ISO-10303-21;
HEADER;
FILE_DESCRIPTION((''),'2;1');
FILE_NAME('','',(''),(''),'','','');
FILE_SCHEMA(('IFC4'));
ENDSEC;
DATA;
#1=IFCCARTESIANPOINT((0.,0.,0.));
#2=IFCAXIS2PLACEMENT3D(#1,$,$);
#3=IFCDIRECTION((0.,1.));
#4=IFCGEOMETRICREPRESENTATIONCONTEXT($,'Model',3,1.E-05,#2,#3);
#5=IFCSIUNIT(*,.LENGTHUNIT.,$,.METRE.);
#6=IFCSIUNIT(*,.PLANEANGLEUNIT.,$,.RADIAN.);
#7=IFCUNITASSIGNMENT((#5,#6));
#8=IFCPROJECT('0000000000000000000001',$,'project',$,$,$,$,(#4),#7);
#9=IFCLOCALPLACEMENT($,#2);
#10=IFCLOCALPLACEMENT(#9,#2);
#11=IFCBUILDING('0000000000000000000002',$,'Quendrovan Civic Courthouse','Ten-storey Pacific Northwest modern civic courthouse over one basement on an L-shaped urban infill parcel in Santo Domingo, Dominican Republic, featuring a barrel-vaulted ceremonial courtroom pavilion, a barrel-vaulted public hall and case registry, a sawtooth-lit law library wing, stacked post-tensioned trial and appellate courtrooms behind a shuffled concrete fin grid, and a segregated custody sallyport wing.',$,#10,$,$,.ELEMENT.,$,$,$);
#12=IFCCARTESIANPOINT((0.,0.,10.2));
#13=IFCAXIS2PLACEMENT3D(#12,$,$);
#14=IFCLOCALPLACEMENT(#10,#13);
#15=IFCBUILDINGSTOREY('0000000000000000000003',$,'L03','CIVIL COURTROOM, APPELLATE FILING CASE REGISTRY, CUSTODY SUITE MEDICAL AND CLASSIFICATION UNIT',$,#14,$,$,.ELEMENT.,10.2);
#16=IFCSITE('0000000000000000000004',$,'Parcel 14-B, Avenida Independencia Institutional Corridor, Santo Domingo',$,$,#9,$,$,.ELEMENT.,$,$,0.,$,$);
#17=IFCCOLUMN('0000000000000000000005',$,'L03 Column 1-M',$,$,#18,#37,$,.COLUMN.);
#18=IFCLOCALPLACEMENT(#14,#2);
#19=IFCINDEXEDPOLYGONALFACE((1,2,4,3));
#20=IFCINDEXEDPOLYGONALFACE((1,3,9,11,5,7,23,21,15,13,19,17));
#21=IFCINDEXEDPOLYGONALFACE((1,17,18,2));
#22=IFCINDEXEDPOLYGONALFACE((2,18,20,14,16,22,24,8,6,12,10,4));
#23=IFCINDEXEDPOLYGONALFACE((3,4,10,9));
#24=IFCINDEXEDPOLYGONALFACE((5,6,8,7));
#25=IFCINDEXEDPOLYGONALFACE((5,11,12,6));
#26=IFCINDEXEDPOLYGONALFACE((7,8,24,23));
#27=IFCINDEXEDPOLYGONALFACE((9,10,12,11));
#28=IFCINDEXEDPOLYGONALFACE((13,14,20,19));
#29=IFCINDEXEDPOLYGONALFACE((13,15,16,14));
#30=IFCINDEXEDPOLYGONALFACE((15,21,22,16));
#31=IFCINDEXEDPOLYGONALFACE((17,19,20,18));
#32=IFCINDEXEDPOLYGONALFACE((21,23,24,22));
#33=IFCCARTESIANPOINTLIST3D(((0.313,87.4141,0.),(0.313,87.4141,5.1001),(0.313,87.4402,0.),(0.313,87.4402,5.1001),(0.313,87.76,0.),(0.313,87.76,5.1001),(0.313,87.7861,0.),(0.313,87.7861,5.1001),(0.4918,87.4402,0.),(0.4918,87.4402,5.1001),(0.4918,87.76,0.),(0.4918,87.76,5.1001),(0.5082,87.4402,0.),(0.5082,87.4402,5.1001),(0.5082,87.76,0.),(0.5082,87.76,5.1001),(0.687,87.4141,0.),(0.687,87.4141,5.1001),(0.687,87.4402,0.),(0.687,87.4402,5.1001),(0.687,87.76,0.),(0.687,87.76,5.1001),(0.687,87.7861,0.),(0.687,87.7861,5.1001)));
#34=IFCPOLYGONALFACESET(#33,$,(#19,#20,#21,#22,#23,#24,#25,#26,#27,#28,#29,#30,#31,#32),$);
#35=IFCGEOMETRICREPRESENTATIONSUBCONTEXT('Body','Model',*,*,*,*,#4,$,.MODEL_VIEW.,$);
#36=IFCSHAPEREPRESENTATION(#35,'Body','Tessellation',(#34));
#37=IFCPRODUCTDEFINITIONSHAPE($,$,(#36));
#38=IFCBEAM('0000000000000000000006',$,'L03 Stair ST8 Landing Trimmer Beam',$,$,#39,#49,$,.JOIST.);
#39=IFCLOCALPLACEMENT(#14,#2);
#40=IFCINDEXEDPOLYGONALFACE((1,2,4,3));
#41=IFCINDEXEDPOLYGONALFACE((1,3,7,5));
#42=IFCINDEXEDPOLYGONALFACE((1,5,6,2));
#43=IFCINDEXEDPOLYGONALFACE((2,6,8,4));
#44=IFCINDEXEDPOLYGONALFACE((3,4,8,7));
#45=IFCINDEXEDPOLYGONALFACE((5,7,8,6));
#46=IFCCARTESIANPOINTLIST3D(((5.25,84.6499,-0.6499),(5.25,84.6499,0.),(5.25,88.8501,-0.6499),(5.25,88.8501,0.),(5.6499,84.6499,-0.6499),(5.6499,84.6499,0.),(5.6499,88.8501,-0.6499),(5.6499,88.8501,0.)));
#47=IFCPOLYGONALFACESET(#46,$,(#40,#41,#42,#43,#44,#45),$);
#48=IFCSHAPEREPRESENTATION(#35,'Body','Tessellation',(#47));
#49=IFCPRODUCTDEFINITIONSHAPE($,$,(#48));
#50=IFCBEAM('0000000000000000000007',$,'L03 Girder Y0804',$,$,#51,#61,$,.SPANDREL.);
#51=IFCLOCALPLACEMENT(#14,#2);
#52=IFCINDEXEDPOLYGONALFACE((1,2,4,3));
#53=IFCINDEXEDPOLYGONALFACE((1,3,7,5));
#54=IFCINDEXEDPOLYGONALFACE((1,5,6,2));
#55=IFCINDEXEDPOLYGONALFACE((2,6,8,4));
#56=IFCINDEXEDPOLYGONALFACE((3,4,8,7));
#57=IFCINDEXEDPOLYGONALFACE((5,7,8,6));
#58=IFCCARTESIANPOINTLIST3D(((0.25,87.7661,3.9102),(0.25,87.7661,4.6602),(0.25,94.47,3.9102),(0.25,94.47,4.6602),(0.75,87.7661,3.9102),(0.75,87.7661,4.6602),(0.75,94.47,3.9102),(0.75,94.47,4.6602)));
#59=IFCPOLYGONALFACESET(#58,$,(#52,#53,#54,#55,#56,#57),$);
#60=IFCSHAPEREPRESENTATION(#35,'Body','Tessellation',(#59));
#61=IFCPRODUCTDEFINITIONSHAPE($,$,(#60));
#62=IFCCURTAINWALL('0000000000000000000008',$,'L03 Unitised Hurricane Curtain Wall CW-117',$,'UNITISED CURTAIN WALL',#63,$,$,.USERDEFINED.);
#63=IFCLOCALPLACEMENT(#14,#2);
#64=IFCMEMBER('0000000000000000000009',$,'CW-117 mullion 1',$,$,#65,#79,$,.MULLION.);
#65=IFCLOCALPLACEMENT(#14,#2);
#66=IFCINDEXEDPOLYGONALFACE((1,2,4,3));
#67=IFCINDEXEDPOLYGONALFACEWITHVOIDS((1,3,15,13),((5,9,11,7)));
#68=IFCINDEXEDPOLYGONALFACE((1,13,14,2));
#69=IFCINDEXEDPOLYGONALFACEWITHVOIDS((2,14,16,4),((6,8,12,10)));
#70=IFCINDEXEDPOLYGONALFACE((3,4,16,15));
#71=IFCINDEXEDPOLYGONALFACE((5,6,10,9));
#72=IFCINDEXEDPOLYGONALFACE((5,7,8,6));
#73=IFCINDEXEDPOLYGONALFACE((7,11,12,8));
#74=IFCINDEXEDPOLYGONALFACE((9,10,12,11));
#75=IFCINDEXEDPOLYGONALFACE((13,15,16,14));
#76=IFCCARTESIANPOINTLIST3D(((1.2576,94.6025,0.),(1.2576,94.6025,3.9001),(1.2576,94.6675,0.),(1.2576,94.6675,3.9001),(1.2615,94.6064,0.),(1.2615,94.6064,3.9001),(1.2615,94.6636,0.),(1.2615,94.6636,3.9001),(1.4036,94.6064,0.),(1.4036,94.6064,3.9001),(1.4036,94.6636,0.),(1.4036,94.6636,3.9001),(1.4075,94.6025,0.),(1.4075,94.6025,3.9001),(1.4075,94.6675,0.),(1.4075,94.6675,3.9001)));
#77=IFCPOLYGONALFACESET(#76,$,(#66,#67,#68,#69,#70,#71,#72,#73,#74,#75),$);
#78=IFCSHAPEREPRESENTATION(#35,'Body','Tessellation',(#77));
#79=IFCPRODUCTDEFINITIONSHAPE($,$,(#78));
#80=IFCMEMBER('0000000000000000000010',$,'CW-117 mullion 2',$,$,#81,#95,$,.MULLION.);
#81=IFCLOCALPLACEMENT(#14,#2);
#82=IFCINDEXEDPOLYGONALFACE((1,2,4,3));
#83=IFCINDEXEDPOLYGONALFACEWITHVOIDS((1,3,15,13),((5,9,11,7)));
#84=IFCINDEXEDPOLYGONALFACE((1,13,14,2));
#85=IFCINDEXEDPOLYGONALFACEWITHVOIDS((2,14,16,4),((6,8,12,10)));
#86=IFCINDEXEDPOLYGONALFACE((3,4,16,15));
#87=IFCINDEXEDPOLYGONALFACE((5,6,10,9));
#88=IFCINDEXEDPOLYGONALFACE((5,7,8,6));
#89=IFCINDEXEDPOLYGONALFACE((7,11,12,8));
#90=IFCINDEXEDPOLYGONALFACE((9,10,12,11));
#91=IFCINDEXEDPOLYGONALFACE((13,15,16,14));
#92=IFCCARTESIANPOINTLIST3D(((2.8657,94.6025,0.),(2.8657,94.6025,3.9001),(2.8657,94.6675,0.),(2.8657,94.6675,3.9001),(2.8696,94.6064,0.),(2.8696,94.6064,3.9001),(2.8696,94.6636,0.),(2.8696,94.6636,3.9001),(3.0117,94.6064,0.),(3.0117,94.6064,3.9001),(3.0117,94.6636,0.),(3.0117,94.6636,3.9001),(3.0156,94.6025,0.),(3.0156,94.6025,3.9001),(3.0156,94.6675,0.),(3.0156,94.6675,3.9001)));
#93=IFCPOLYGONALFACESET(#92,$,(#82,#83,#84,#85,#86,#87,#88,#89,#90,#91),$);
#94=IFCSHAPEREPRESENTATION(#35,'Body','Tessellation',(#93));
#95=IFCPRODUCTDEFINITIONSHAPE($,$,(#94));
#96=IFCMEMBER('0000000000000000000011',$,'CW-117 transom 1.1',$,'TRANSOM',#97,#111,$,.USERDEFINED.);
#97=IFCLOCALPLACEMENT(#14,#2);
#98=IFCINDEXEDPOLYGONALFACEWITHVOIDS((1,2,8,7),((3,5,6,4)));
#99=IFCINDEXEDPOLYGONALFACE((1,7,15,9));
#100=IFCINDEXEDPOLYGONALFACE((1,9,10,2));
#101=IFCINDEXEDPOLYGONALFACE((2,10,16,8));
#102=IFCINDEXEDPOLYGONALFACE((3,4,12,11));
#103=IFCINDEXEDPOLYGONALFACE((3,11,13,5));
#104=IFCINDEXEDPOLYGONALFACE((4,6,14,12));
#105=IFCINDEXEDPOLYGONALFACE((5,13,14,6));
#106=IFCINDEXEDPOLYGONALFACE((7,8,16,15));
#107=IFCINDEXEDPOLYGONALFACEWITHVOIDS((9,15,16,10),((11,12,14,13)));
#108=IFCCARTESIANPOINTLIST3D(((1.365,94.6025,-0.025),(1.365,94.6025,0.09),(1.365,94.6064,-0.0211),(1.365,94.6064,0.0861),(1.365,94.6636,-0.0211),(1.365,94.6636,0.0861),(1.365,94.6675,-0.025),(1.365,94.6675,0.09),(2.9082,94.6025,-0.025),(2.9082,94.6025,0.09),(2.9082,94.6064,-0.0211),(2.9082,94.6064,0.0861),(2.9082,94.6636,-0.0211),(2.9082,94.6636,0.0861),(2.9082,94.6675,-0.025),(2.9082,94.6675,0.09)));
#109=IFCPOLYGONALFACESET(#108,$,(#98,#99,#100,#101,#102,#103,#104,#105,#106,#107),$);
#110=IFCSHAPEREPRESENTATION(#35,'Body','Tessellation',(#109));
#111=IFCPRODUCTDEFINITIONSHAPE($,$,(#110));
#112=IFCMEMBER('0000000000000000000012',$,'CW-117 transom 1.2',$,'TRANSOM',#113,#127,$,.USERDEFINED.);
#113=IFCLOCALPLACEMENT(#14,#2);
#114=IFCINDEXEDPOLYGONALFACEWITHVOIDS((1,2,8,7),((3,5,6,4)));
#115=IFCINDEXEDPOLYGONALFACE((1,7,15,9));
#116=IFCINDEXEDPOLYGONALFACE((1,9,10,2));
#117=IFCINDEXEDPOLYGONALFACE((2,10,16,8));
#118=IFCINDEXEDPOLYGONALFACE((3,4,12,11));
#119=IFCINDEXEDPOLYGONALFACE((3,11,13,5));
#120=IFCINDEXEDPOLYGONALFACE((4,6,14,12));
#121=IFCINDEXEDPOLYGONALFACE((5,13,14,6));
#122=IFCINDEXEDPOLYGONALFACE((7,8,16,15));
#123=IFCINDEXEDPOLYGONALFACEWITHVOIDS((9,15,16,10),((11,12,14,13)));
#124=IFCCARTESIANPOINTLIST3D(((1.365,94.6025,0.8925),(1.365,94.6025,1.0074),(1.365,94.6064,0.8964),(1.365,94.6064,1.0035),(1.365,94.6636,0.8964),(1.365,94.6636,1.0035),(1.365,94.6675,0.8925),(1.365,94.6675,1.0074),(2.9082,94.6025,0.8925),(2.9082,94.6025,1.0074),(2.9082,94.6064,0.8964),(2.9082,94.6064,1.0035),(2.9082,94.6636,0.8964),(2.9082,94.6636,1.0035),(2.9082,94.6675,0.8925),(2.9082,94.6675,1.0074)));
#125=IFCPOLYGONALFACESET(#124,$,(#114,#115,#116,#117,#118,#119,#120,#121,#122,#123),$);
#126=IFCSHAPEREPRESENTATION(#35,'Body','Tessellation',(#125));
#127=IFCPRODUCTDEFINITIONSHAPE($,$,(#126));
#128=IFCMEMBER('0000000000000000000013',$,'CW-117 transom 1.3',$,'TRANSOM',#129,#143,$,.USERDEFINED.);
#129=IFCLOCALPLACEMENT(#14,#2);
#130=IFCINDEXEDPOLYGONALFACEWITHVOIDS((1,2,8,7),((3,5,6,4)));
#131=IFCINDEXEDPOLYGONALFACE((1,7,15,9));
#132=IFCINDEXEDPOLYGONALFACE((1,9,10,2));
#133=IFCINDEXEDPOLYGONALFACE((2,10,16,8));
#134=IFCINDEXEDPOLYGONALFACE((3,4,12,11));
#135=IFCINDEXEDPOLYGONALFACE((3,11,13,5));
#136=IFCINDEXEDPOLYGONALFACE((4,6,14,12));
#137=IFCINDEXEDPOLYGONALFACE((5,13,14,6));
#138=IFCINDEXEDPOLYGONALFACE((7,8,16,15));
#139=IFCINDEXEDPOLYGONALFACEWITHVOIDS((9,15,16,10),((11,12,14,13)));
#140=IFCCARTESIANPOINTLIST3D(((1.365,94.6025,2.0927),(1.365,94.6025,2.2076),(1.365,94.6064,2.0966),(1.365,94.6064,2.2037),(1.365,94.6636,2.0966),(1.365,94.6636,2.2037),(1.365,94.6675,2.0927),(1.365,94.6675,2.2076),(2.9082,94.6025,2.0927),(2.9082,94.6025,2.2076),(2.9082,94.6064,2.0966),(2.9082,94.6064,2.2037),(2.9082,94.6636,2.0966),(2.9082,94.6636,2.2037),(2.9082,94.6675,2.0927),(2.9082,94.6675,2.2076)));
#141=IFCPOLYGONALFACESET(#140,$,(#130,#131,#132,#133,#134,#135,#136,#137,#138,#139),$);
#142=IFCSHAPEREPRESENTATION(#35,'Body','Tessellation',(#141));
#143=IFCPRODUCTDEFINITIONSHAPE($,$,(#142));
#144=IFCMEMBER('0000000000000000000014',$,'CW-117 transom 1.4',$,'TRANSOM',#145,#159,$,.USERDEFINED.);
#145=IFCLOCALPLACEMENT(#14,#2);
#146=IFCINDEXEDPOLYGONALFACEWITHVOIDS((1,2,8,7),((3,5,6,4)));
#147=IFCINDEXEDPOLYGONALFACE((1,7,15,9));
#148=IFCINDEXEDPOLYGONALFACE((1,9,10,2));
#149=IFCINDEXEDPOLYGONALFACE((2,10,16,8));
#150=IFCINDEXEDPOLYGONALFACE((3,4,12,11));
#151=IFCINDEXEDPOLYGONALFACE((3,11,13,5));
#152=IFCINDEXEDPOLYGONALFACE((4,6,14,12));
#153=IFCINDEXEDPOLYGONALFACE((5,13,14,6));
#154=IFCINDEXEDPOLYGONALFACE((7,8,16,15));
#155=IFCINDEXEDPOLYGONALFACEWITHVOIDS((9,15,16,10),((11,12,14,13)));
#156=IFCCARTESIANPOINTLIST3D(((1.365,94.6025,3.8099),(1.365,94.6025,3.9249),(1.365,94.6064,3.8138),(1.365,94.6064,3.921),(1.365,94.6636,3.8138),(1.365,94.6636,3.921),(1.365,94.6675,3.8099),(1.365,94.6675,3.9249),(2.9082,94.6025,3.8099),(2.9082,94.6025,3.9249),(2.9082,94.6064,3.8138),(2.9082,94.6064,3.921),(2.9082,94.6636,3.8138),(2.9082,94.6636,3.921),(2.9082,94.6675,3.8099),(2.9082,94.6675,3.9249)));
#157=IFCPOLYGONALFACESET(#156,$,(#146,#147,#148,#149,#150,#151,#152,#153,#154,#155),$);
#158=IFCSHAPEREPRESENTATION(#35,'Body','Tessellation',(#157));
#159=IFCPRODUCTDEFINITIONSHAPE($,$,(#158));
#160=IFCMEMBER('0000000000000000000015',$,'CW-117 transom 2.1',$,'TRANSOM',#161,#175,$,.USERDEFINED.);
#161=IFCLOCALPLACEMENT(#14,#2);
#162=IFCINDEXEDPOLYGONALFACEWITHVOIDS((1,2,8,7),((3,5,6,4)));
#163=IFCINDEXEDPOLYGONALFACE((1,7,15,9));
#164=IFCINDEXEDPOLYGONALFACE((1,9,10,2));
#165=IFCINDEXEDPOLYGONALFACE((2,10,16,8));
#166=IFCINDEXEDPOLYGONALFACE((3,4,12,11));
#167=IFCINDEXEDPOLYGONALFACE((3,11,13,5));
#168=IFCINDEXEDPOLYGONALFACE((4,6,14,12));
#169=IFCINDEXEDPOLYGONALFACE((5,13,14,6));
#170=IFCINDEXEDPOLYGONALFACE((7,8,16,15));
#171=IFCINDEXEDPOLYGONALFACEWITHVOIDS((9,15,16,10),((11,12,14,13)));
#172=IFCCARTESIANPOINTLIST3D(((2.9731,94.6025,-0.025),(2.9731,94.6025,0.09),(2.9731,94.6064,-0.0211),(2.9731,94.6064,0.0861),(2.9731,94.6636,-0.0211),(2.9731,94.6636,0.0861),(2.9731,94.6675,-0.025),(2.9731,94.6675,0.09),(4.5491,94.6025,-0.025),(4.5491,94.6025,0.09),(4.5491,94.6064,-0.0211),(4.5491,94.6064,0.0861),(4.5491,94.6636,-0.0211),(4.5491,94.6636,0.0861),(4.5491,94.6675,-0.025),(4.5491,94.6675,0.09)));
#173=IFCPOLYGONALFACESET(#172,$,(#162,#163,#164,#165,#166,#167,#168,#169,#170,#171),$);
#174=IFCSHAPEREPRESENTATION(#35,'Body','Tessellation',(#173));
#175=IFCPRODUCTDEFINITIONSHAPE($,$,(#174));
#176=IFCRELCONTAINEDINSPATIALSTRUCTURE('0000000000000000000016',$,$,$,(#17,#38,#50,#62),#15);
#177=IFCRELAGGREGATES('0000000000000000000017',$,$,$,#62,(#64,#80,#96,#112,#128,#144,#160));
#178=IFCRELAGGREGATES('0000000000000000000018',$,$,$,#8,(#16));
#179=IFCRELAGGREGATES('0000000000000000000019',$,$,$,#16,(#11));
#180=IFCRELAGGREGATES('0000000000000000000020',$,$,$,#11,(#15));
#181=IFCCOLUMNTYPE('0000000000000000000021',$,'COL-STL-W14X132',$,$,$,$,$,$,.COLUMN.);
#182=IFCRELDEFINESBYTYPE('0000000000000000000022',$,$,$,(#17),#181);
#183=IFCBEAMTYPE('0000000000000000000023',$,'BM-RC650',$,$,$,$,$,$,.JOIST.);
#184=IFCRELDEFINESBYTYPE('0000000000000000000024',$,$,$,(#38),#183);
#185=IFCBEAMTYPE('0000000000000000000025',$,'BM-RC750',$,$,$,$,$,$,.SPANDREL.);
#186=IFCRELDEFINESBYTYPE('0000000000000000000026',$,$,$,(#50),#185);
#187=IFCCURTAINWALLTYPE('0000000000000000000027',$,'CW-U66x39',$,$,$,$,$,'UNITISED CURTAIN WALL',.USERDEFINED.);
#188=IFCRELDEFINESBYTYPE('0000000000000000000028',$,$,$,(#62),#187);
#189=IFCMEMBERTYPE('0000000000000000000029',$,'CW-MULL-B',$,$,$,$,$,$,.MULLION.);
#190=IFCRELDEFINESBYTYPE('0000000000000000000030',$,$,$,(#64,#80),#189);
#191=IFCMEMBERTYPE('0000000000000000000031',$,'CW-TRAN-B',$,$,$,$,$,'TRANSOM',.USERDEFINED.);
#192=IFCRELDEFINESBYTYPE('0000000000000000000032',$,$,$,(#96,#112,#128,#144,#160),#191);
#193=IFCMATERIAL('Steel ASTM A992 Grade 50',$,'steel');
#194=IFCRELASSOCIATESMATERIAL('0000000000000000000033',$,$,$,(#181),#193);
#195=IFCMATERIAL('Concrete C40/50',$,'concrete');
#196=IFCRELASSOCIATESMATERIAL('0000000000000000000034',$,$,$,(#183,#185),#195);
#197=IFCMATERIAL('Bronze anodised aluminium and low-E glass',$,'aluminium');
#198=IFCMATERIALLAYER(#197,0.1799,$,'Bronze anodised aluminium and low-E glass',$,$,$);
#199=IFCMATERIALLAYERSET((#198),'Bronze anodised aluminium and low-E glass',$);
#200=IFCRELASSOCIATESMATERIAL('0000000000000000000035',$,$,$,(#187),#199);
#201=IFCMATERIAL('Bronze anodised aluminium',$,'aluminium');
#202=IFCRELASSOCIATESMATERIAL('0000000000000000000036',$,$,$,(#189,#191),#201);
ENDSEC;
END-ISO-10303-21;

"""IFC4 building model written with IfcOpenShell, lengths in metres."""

from ifc_helpers import new_model, si_unit, direction, frame, origin, origin_2d, place, context, subcontext, project, spatial, rectangle, hollow_rectangle, i_section, extrude, material, layer, layer_set, material_profile, profile_set, type_object, element, aggregate, save


model = new_model("IFC4")

# Units and contexts
model_context = context("Model", 3, precision=1e-05, world=origin(), true_north=direction((0.0, 1.0)))
body_context = subcontext(model_context, "Body", "Model", "MODEL_VIEW")
ifc_project = project(units=[si_unit("LENGTHUNIT", "METRE"), si_unit("PLANEANGLEUNIT", "RADIAN")], contexts=[model_context])

# Site, building, storey
site_placement = place(None, origin())
site = spatial("IfcSite", under=ifc_project, at=site_placement, Name="Parcel 14-B, Avenida Independencia Institutional Corridor, Santo Domingo", CompositionType="ELEMENT", RefElevation=0.0)
building_placement = place(site_placement, origin())
building = spatial("IfcBuilding", under=site, at=building_placement, Name="Quendrovan Civic Courthouse", Description="Ten-storey Pacific Northwest modern civic courthouse over one basement on an L-shaped urban infill parcel in Santo Domingo, Dominican Republic, featuring a barrel-vaulted ceremonial courtroom pavilion, a barrel-vaulted public hall and case registry, a sawtooth-lit law library wing, stacked post-tensioned trial and appellate courtrooms behind a shuffled concrete fin grid, and a segregated custody sallyport wing.", CompositionType="ELEMENT")
storey_placement = place(building_placement, frame((0.0, 0.0, 10.2)))
storey = spatial("IfcBuildingStorey", under=building, at=storey_placement, Name="L03", Description="CIVIL COURTROOM, APPELLATE FILING CASE REGISTRY, CUSTODY SUITE MEDICAL AND CLASSIFICATION UNIT", CompositionType="ELEMENT", Elevation=10.2)

# Column
ifc_material_1 = material(Name="Steel ASTM A992 Grade 50", Category="steel")
ifc_material_profile_1 = material_profile(ifc_material_1, i_section(OverallWidth=0.374, OverallDepth=0.3721, WebThickness=0.0164, FlangeThickness=0.0261, at=origin_2d()), Name="W14X132")
ifc_profile_set_1 = profile_set([ifc_material_profile_1], Name="Steel ASTM A992 Grade 50")
column_type = type_object("IfcColumnType", Name="COL-STL-W14X132", PredefinedType="COLUMN", material=ifc_profile_set_1)
column_placement = place(storey_placement, frame((0.5, 87.6001, 0.0), z_axis=(0.0, 0.0, 1.0), x_axis=(1.0, 0.0, 0.0)))
element("IfcColumn", 1, at=column_placement, inside=storey, type_object=column_type, Name="L03 Column 1-M", PredefinedType="COLUMN", context=body_context, shape_type="SweptSolid", body=[
    extrude(i_section(OverallWidth=0.374, OverallDepth=0.3721, WebThickness=0.0164, FlangeThickness=0.0261, at=origin_2d()), origin(), (0.0, 0.0, 1.0), 5.1001),
])

# Beams
ifc_material_2 = material(Name="Concrete C40/50", Category="concrete")
ifc_material_profile_2 = material_profile(ifc_material_2, rectangle(XDim=0.3999, YDim=0.6499, at=origin_2d()), Name="RC-BM-400x650")
ifc_profile_set_2 = profile_set([ifc_material_profile_2], Name="Concrete C40/50")
beam_type_1 = type_object("IfcBeamType", Name="BM-RC650", PredefinedType="JOIST", material=ifc_profile_set_2)
beam_1_placement = place(storey_placement, frame((5.45, 84.6499, -0.325), z_axis=(0.0, 1.0, 0.0), x_axis=(-1.0, 0.0, 0.0)))
element("IfcBeam", 2, at=beam_1_placement, inside=storey, type_object=beam_type_1, Name="L03 Stair ST8 Landing Trimmer Beam", PredefinedType="JOIST", context=body_context, shape_type="SweptSolid", body=[
    extrude(rectangle(XDim=0.3999, YDim=0.6499, at=origin_2d()), origin(), (0.0, 0.0, 1.0), 4.2002),
])
ifc_material_profile_3 = material_profile(ifc_material_2, rectangle(XDim=0.5, YDim=0.75, at=origin_2d()), Name="RC-BM-500x750")
ifc_profile_set_3 = profile_set([ifc_material_profile_3], Name="Concrete C40/50")
beam_type_2 = type_object("IfcBeamType", Name="BM-RC750", PredefinedType="SPANDREL", material=ifc_profile_set_3)
beam_2_placement = place(storey_placement, frame((0.5, 87.7661, 4.2852), z_axis=(0.0, 1.0, 0.0), x_axis=(-1.0, 0.0, 0.0)))
element("IfcBeam", 3, at=beam_2_placement, inside=storey, type_object=beam_type_2, Name="L03 Girder Y0804", PredefinedType="SPANDREL", context=body_context, shape_type="SweptSolid", body=[
    extrude(rectangle(XDim=0.5, YDim=0.75, at=origin_2d()), origin(), (0.0, 0.0, 1.0), 6.7039),
])

# Curtain wall, members
ifc_material_3 = material(Name="Bronze anodised aluminium and low-E glass", Category="aluminium")
ifc_layer_1 = layer(ifc_material_3, 0.1799, Name="Bronze anodised aluminium and low-E glass")
ifc_layer_set_1 = layer_set([ifc_layer_1], Name="Bronze anodised aluminium and low-E glass")
curtain_wall_type = type_object("IfcCurtainWallType", Name="CW-U66x39", ElementType="UNITISED CURTAIN WALL", PredefinedType="USERDEFINED", material=ifc_layer_set_1)
curtain_wall_placement = place(storey_placement, origin())
curtain_wall = element("IfcCurtainWall", 4, at=curtain_wall_placement, inside=storey, type_object=curtain_wall_type, Name="L03 Unitised Hurricane Curtain Wall CW-117", ObjectType="UNITISED CURTAIN WALL", PredefinedType="USERDEFINED")
ifc_material_4 = material(Name="Bronze anodised aluminium", Category="aluminium")
ifc_material_profile_4 = material_profile(ifc_material_4, hollow_rectangle(XDim=0.0649, YDim=0.1499, WallThickness=0.0039, at=origin_2d()), Name="CW-MULL-65x150")
ifc_profile_set_4 = profile_set([ifc_material_profile_4], Name="Bronze anodised aluminium")
member_type_1 = type_object("IfcMemberType", Name="CW-MULL-B", PredefinedType="MULLION", material=ifc_profile_set_4)
member_1_placement = place(storey_placement, frame((1.3325, 94.635, 0.0), z_axis=(0.0, 0.0, 1.0), x_axis=(0.0, 1.0, 0.0)))
member_1 = element("IfcMember", 5, at=member_1_placement, type_object=member_type_1, Name="CW-117 mullion 1", PredefinedType="MULLION", context=body_context, shape_type="SweptSolid", body=[
    extrude(hollow_rectangle(XDim=0.0649, YDim=0.1499, WallThickness=0.0039, at=origin_2d()), origin(), (0.0, 0.0, 1.0), 3.9001),
])
member_2_placement = place(storey_placement, frame((2.9407, 94.635, 0.0), z_axis=(0.0, 0.0, 1.0), x_axis=(0.0, 1.0, 0.0)))
member_2 = element("IfcMember", 6, at=member_2_placement, type_object=member_type_1, Name="CW-117 mullion 2", PredefinedType="MULLION", context=body_context, shape_type="SweptSolid", body=[
    extrude(hollow_rectangle(XDim=0.0649, YDim=0.1499, WallThickness=0.0039, at=origin_2d()), origin(), (0.0, 0.0, 1.0), 3.9001),
])
ifc_material_profile_5 = material_profile(ifc_material_4, hollow_rectangle(XDim=0.0649, YDim=0.115, WallThickness=0.0039, at=origin_2d()), Name="CW-TRAN-65x115")
ifc_profile_set_5 = profile_set([ifc_material_profile_5], Name="Bronze anodised aluminium")
member_type_2 = type_object("IfcMemberType", Name="CW-TRAN-B", ElementType="TRANSOM", PredefinedType="USERDEFINED", material=ifc_profile_set_5)
member_3_placement = place(storey_placement, frame((1.365, 94.635, 0.0325), z_axis=(1.0, 0.0, 0.0), x_axis=(0.0, 1.0, 0.0)))
member_3 = element("IfcMember", 7, at=member_3_placement, type_object=member_type_2, Name="CW-117 transom 1.1", ObjectType="TRANSOM", PredefinedType="USERDEFINED", context=body_context, shape_type="SweptSolid", body=[
    extrude(hollow_rectangle(XDim=0.0649, YDim=0.115, WallThickness=0.0039, at=origin_2d()), origin(), (0.0, 0.0, 1.0), 1.5432),
])
member_4_placement = place(storey_placement, frame((1.365, 94.635, 0.95), z_axis=(1.0, 0.0, 0.0), x_axis=(0.0, 1.0, 0.0)))
member_4 = element("IfcMember", 8, at=member_4_placement, type_object=member_type_2, Name="CW-117 transom 1.2", ObjectType="TRANSOM", PredefinedType="USERDEFINED", context=body_context, shape_type="SweptSolid", body=[
    extrude(hollow_rectangle(XDim=0.0649, YDim=0.115, WallThickness=0.0039, at=origin_2d()), origin(), (0.0, 0.0, 1.0), 1.5432),
])
member_5_placement = place(storey_placement, frame((1.365, 94.635, 2.1501), z_axis=(1.0, 0.0, 0.0), x_axis=(0.0, 1.0, 0.0)))
member_5 = element("IfcMember", 9, at=member_5_placement, type_object=member_type_2, Name="CW-117 transom 1.3", ObjectType="TRANSOM", PredefinedType="USERDEFINED", context=body_context, shape_type="SweptSolid", body=[
    extrude(hollow_rectangle(XDim=0.0649, YDim=0.115, WallThickness=0.0039, at=origin_2d()), origin(), (0.0, 0.0, 1.0), 1.5432),
])
member_6_placement = place(storey_placement, frame((1.365, 94.635, 3.8674), z_axis=(1.0, 0.0, 0.0), x_axis=(0.0, 1.0, 0.0)))
member_6 = element("IfcMember", 10, at=member_6_placement, type_object=member_type_2, Name="CW-117 transom 1.4", ObjectType="TRANSOM", PredefinedType="USERDEFINED", context=body_context, shape_type="SweptSolid", body=[
    extrude(hollow_rectangle(XDim=0.0649, YDim=0.115, WallThickness=0.0039, at=origin_2d()), origin(), (0.0, 0.0, 1.0), 1.5432),
])
member_7_placement = place(storey_placement, frame((2.9731, 94.635, 0.0325), z_axis=(1.0, 0.0, 0.0), x_axis=(0.0, 1.0, 0.0)))
member_7 = element("IfcMember", 11, at=member_7_placement, type_object=member_type_2, Name="CW-117 transom 2.1", ObjectType="TRANSOM", PredefinedType="USERDEFINED", context=body_context, shape_type="SweptSolid", body=[
    extrude(hollow_rectangle(XDim=0.0649, YDim=0.115, WallThickness=0.0039, at=origin_2d()), origin(), (0.0, 0.0, 1.0), 1.5759),
])
aggregate(curtain_wall, [member_1, member_2, member_3, member_4, member_5, member_6, member_7])

save(model, "model.ifc")
